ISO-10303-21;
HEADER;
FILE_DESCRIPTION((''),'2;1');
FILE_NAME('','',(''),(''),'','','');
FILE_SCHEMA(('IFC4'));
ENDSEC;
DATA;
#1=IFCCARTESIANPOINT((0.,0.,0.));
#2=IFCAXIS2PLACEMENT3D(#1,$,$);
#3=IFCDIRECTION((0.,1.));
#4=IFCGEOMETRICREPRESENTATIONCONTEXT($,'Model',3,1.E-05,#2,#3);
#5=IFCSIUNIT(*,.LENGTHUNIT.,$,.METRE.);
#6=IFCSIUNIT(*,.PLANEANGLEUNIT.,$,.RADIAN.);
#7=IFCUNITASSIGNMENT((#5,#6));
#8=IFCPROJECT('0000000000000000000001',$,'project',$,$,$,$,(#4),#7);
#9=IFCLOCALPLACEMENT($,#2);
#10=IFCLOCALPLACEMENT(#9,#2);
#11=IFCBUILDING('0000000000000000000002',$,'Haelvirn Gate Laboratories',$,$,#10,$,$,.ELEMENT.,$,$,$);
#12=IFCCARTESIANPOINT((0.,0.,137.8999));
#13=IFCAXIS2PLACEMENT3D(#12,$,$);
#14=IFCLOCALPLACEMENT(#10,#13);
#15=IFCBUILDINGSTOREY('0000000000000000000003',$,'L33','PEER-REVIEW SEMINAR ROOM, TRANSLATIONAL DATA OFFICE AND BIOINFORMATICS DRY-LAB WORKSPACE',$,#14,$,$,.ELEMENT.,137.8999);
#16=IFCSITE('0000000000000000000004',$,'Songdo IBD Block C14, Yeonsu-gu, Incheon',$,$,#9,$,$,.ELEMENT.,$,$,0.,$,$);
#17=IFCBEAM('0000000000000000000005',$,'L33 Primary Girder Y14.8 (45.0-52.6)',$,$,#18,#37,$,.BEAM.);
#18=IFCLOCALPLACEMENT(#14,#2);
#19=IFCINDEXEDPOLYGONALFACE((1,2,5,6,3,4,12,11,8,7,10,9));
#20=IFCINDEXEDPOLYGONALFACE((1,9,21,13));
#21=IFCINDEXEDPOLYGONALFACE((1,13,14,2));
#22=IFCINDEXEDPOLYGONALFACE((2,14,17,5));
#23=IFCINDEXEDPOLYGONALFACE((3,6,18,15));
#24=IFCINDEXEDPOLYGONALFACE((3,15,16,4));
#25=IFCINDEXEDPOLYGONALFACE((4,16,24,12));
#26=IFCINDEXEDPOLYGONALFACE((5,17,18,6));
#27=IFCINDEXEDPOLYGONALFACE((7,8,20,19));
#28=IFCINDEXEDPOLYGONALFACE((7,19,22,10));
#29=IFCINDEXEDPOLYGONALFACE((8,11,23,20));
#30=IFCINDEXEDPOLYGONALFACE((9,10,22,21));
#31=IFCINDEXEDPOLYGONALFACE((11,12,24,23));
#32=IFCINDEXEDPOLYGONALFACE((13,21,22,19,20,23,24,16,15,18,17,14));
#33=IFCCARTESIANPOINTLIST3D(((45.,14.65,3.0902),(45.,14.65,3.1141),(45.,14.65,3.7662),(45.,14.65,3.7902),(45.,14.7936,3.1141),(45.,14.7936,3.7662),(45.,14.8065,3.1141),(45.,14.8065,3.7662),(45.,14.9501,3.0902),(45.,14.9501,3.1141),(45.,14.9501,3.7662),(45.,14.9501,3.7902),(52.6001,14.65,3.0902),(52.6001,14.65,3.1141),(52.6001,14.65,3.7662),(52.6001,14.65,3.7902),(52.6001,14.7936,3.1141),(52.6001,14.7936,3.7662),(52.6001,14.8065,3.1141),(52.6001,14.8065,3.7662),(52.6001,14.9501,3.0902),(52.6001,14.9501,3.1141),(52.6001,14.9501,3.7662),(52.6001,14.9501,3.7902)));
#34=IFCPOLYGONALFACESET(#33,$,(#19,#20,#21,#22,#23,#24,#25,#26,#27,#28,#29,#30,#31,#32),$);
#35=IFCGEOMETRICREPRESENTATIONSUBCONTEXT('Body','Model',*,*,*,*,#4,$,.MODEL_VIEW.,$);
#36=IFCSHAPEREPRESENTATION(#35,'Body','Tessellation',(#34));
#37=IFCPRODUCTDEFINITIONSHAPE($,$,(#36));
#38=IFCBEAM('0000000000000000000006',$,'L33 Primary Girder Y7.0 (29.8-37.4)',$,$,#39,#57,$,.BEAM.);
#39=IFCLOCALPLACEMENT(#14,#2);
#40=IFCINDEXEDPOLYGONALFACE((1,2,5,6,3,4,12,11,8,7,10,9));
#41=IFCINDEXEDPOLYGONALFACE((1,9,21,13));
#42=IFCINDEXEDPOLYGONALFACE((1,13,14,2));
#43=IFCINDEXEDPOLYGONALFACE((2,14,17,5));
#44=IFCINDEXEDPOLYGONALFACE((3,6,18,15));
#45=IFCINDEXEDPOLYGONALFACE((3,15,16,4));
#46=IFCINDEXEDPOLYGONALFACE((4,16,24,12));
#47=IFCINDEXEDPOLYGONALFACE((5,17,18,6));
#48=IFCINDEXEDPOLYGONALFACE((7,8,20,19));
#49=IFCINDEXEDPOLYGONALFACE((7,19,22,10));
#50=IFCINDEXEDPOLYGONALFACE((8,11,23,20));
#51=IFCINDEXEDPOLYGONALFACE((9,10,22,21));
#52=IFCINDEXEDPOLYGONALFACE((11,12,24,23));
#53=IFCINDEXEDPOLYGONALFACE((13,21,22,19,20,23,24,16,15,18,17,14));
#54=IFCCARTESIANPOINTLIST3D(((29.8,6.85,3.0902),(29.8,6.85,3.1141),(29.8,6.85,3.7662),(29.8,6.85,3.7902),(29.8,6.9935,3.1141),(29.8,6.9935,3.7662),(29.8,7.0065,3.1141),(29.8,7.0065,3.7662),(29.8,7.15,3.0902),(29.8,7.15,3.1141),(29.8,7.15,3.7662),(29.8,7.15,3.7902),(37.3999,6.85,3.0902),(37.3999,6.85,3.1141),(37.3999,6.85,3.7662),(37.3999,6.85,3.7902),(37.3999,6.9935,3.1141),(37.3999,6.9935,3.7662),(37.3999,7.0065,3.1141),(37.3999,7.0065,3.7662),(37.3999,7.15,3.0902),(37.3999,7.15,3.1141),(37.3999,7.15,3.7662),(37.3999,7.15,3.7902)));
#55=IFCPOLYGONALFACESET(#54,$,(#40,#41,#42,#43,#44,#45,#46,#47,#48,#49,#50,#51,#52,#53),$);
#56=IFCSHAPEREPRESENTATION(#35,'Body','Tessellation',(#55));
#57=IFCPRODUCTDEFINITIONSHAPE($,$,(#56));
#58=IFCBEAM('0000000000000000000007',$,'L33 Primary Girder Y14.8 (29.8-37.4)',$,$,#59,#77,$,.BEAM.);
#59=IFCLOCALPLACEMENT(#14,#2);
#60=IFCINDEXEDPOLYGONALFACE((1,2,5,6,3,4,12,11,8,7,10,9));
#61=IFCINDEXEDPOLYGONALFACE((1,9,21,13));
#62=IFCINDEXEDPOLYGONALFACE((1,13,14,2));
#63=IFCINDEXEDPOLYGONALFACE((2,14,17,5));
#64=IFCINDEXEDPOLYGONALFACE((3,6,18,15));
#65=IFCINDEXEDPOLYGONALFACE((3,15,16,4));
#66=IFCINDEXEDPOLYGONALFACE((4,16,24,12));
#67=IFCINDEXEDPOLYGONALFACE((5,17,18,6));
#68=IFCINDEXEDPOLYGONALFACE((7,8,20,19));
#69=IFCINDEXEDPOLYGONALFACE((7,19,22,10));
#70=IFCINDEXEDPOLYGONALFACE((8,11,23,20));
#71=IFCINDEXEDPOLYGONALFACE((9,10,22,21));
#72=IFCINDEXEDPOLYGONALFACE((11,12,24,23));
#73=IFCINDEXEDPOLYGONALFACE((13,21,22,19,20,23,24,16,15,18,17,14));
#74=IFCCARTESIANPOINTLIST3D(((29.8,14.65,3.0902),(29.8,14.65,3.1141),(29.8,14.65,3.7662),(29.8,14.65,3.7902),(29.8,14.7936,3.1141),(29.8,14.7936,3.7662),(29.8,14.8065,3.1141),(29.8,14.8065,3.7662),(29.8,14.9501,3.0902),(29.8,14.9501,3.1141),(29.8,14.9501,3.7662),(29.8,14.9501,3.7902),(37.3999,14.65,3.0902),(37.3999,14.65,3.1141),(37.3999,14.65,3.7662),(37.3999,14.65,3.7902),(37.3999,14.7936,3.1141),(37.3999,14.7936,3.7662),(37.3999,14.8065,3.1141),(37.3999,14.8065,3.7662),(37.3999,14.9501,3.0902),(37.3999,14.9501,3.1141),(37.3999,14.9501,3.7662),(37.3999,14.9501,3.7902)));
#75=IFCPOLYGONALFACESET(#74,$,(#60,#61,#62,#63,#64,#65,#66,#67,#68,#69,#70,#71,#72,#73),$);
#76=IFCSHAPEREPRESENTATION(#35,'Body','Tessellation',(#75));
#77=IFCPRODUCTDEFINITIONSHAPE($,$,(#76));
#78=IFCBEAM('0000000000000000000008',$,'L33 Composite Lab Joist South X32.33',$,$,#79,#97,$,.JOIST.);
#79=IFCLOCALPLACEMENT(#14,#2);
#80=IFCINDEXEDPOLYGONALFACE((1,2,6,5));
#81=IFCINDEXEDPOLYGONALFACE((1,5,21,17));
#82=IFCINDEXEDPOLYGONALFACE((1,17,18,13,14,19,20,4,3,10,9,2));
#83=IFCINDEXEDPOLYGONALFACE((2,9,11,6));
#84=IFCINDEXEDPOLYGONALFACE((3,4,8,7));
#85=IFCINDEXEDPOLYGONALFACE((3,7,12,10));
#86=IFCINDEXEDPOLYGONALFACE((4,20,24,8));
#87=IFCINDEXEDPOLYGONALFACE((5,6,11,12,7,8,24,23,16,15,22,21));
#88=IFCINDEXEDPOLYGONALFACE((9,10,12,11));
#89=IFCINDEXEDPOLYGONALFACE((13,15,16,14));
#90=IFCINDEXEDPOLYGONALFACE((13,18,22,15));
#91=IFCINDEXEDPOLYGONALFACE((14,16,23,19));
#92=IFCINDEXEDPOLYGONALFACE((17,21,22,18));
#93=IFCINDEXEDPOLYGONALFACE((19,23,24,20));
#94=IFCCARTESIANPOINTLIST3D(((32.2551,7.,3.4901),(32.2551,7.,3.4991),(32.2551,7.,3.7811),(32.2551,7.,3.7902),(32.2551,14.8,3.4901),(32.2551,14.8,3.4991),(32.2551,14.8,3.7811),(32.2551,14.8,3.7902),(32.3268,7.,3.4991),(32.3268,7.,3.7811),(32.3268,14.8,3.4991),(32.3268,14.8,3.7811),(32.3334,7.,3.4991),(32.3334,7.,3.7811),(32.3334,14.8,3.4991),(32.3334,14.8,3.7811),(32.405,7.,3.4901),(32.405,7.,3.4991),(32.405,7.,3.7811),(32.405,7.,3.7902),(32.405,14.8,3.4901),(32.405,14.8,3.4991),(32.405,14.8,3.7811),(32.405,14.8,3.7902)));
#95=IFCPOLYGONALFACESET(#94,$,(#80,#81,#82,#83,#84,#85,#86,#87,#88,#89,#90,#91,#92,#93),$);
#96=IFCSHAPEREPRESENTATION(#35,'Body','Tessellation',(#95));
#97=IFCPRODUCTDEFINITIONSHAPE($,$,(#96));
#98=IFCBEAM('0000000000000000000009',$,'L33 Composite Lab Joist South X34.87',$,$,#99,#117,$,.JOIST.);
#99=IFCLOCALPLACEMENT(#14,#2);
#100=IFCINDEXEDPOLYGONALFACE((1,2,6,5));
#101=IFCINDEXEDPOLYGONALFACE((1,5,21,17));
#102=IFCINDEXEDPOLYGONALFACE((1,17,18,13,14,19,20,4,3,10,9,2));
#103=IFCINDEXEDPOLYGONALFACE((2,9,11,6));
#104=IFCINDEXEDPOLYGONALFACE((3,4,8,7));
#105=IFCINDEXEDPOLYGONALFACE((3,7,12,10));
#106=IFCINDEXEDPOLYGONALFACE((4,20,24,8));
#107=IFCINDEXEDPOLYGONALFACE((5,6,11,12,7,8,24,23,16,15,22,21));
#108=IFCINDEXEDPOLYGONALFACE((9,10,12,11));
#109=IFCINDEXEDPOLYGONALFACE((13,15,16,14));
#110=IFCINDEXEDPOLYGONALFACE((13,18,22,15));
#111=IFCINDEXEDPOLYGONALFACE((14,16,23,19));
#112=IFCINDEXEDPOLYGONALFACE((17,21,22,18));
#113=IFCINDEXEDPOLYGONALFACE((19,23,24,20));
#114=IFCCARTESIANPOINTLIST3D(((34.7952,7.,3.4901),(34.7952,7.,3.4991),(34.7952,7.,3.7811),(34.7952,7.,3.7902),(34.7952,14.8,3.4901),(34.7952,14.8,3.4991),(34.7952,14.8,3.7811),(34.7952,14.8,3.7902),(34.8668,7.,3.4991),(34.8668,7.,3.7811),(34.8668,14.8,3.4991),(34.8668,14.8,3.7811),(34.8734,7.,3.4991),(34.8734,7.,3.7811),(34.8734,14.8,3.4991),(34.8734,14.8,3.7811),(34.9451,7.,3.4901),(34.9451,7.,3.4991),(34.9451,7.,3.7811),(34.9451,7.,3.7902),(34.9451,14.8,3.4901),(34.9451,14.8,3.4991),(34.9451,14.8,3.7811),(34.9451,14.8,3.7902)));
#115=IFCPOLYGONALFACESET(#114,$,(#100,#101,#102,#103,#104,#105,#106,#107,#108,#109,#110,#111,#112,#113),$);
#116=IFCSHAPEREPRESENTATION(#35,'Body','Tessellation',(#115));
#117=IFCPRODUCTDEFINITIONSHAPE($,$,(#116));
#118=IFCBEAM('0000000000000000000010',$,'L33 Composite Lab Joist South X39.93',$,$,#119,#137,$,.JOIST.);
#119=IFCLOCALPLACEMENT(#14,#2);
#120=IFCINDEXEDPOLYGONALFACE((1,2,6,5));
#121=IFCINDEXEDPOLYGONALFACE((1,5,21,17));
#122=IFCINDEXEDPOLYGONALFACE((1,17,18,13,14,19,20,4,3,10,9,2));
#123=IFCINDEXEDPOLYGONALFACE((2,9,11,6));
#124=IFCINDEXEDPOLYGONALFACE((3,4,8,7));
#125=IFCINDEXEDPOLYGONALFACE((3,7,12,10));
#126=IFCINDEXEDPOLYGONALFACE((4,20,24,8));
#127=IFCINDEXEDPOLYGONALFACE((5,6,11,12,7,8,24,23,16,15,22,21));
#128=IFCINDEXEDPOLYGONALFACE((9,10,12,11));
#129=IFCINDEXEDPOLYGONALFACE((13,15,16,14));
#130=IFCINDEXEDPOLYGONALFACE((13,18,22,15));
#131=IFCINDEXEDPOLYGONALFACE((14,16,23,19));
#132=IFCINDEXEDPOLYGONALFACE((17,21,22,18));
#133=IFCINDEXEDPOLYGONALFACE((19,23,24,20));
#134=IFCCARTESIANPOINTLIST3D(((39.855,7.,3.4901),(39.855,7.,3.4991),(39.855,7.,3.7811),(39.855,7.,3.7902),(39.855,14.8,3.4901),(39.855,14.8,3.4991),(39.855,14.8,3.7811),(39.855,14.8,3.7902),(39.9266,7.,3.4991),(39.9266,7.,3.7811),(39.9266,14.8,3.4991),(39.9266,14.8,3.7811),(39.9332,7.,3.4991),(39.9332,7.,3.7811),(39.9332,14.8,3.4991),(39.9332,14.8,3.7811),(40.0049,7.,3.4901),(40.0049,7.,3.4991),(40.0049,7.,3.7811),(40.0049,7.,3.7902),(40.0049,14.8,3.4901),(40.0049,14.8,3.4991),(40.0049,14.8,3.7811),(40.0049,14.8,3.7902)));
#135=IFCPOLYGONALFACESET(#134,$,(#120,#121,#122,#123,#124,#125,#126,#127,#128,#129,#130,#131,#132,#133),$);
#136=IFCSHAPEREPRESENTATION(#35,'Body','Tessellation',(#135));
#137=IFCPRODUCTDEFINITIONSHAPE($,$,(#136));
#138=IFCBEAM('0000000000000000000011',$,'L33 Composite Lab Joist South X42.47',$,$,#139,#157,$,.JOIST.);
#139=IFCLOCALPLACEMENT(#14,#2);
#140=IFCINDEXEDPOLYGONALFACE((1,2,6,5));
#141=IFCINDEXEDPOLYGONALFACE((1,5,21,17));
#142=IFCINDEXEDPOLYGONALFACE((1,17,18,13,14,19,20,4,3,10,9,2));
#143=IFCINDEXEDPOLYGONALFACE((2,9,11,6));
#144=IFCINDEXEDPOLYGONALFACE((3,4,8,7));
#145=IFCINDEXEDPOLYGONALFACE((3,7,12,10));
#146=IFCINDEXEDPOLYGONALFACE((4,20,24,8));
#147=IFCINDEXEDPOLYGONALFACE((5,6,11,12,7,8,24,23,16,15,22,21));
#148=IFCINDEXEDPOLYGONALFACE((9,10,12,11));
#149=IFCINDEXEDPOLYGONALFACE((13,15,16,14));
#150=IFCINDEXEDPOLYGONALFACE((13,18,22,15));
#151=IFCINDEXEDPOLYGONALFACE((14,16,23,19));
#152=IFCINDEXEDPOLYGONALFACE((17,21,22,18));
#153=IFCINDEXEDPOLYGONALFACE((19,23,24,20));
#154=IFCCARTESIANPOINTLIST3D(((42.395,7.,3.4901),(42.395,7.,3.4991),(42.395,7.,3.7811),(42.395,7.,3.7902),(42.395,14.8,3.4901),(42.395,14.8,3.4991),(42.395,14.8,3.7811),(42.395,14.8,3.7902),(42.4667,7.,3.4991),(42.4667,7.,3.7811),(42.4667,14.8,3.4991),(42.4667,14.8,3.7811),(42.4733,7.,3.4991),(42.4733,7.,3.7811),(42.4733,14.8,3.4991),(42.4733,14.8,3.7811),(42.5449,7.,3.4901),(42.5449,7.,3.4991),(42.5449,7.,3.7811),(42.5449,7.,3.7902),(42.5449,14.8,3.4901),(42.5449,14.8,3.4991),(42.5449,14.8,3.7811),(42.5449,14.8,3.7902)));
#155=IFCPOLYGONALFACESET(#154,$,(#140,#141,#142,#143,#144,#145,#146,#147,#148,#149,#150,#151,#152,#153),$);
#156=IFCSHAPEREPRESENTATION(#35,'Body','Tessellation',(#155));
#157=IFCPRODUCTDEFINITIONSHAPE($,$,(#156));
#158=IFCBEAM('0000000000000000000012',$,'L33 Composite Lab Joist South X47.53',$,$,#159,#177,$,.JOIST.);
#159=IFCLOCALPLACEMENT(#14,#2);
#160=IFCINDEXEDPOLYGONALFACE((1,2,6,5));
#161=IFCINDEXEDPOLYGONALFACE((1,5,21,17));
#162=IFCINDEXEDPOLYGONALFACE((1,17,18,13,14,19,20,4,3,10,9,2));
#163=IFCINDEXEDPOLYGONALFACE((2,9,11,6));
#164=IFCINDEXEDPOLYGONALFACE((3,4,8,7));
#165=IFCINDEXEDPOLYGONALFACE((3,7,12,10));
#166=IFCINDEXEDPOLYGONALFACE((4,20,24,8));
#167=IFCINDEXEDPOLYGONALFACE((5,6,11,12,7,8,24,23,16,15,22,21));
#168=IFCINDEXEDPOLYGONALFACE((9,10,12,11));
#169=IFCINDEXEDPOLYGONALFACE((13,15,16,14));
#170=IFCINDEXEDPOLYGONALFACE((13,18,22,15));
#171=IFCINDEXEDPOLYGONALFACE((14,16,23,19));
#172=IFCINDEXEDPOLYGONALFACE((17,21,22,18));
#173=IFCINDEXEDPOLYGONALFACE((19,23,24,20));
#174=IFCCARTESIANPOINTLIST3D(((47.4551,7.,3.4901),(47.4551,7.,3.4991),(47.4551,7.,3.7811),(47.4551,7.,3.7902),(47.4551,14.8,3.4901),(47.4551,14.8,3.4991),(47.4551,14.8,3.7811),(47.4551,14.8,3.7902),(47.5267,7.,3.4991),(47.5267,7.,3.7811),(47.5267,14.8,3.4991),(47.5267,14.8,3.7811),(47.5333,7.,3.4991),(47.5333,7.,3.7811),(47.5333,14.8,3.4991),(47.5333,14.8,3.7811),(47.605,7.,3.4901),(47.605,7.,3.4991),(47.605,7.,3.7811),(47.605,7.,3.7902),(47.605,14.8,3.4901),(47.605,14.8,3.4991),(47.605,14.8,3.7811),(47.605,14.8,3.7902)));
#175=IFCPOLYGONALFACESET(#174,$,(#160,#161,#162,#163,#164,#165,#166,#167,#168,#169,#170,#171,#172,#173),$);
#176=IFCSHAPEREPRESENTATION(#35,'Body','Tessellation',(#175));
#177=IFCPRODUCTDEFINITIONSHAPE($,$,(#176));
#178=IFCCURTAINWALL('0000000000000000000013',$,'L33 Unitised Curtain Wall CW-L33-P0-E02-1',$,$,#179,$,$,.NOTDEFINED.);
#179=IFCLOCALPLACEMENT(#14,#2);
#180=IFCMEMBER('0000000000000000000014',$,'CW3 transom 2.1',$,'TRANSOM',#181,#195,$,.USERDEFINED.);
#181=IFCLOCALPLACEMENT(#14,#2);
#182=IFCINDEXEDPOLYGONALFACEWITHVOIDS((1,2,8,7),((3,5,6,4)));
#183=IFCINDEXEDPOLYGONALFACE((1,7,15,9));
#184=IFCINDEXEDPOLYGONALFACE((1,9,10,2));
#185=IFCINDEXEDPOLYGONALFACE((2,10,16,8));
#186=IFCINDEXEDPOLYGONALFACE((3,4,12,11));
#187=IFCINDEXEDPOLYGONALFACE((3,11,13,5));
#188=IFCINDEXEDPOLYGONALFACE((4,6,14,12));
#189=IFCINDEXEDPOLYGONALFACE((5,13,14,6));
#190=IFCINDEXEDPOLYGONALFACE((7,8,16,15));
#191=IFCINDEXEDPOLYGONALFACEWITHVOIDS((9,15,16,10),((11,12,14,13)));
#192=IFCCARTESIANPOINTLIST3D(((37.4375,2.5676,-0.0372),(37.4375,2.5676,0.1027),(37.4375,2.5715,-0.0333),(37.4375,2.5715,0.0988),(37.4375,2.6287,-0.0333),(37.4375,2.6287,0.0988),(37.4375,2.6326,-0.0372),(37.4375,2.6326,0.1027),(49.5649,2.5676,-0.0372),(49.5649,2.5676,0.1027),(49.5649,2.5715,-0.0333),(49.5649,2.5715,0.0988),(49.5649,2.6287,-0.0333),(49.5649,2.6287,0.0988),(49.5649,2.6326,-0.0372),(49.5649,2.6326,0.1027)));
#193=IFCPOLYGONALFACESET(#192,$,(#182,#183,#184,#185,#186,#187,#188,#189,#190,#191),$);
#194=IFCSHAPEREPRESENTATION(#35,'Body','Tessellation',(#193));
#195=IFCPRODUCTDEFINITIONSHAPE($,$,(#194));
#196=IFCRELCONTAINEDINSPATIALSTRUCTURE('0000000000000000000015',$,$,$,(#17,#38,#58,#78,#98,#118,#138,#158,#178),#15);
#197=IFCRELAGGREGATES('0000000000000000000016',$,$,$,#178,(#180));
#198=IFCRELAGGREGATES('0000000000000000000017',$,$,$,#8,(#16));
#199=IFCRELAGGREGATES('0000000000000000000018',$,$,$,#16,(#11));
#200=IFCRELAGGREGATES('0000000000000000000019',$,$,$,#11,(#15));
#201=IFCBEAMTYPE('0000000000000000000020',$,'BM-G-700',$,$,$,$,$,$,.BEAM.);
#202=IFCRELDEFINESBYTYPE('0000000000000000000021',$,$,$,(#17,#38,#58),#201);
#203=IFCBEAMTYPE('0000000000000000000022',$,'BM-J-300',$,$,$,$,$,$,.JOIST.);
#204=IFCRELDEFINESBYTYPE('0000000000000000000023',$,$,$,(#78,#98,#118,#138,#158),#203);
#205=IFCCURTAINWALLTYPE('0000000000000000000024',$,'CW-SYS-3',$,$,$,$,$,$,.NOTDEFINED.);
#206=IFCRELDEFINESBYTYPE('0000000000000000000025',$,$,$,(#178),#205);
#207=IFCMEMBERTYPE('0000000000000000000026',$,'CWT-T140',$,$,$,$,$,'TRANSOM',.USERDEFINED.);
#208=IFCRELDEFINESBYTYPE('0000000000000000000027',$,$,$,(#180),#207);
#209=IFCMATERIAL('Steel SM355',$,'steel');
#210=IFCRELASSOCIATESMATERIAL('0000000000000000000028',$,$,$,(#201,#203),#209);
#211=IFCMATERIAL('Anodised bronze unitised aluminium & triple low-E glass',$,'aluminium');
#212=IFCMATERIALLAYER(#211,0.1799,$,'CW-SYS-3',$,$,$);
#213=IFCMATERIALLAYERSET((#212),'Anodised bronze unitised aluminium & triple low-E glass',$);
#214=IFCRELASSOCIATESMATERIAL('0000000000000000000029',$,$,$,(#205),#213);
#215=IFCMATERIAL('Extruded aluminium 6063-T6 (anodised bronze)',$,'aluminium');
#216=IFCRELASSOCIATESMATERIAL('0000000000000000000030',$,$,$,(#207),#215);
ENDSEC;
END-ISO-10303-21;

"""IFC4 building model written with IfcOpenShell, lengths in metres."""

from ifc_helpers import new_model, si_unit, direction, frame, origin, origin_2d, place, context, subcontext, project, spatial, hollow_rectangle, i_section, extrude, source, transform, mapped, material, layer, layer_set, material_profile, profile_set, type_object, type_shapes, element, aggregate, save


model = new_model("IFC4")

# Units and contexts
model_context = context("Model", 3, precision=1e-05, world=origin(), true_north=direction((0.0, 1.0)))
body_context = subcontext(model_context, "Body", "Model", "MODEL_VIEW")
ifc_project = project(units=[si_unit("LENGTHUNIT", "METRE"), si_unit("PLANEANGLEUNIT", "RADIAN")], contexts=[model_context])

# Site, building, storey
site_placement = place(None, origin())
site = spatial("IfcSite", under=ifc_project, at=site_placement, Name="Songdo IBD Block C14, Yeonsu-gu, Incheon", CompositionType="ELEMENT", RefElevation=0.0)
building_placement = place(site_placement, origin())
building = spatial("IfcBuilding", under=site, at=building_placement, Name="Haelvirn Gate Laboratories", CompositionType="ELEMENT")
storey_placement = place(building_placement, frame((0.0, 0.0, 137.8999)))
storey = spatial("IfcBuildingStorey", under=building, at=storey_placement, Name="L33", Description="PEER-REVIEW SEMINAR ROOM, TRANSLATIONAL DATA OFFICE AND BIOINFORMATICS DRY-LAB WORKSPACE", CompositionType="ELEMENT", Elevation=137.8999)

# Shared definitions
ifc_material_1 = material(Name="Steel SM355", Category="steel")

# Beams
ifc_material_profile_1 = material_profile(ifc_material_1, i_section(OverallWidth=0.3, OverallDepth=0.7, WebThickness=0.0129, FlangeThickness=0.0239, at=origin_2d()), Name="H-700x300x13x24")
ifc_profile_set_1 = profile_set([ifc_material_profile_1], Name="Steel SM355")
beam_type_1 = type_object("IfcBeamType", Name="BM-G-700", PredefinedType="BEAM", material=ifc_profile_set_1)
shared_shape_1 = source(origin(), body_context, "Body", "SweptSolid", [
    extrude(i_section(OverallWidth=0.3, OverallDepth=0.7, WebThickness=0.0129, FlangeThickness=0.0239, at=origin_2d()), origin(), (0.0, 0.0, 1.0), 7.6001),
])
for number, where, z_axis, x_axis, name in (
    (1, (45.0, 14.8, 3.4402), (1.0, 0.0, 0.0), (0.0, 1.0, 0.0), "L33 Primary Girder Y14.8 (45.0-52.6)"),
):
    element("IfcBeam", number, at=place(storey_placement, frame(where, z_axis=z_axis, x_axis=x_axis)), inside=storey, type_object=beam_type_1, Name=name, PredefinedType="BEAM", context=body_context, shape_type="MappedRepresentation", body=[
        mapped(shared_shape_1, transform((0.0, 0.0, 0.0), scale=1.0)),
    ])
shared_shape_2 = source(origin(), body_context, "Body", "SweptSolid", [
    extrude(i_section(OverallWidth=0.3, OverallDepth=0.7, WebThickness=0.0129, FlangeThickness=0.0239, at=origin_2d()), origin(), (0.0, 0.0, 1.0), 7.5999),
])
type_shapes(beam_type_1, [shared_shape_1, shared_shape_2])
for number, where, z_axis, x_axis, name in (
    (2, (29.8, 7.0, 3.4402), (1.0, 0.0, 0.0), (0.0, 1.0, 0.0), "L33 Primary Girder Y7.0 (29.8-37.4)"),
    (3, (29.8, 14.8, 3.4402), (1.0, 0.0, 0.0), (0.0, 1.0, 0.0), "L33 Primary Girder Y14.8 (29.8-37.4)"),
):
    element("IfcBeam", number, at=place(storey_placement, frame(where, z_axis=z_axis, x_axis=x_axis)), inside=storey, type_object=beam_type_1, Name=name, PredefinedType="BEAM", context=body_context, shape_type="MappedRepresentation", body=[
        mapped(shared_shape_2, transform((0.0, 0.0, 0.0), scale=1.0)),
    ])
ifc_material_profile_2 = material_profile(ifc_material_1, i_section(OverallWidth=0.1499, OverallDepth=0.3, WebThickness=0.0066, FlangeThickness=0.009, at=origin_2d()), Name="H-300x150x6.5x9")
ifc_profile_set_2 = profile_set([ifc_material_profile_2], Name="Steel SM355")
beam_type_2 = type_object("IfcBeamType", Name="BM-J-300", PredefinedType="JOIST", material=ifc_profile_set_2)
shared_shape_3 = source(origin(), body_context, "Body", "SweptSolid", [
    extrude(i_section(OverallWidth=0.1499, OverallDepth=0.3, WebThickness=0.0066, FlangeThickness=0.009, at=origin_2d()), origin(), (0.0, 0.0, 1.0), 7.8),
])
type_shapes(beam_type_2, [shared_shape_3])
for number, where, z_axis, x_axis, name in (
    (4, (32.3301, 7.0, 3.6401), (0.0, 1.0, 0.0), (-1.0, 0.0, 0.0), "L33 Composite Lab Joist South X32.33"),
    (5, (34.8701, 7.0, 3.6401), (0.0, 1.0, 0.0), (-1.0, 0.0, 0.0), "L33 Composite Lab Joist South X34.87"),
    (6, (39.9299, 7.0, 3.6401), (0.0, 1.0, 0.0), (-1.0, 0.0, 0.0), "L33 Composite Lab Joist South X39.93"),
    (7, (42.47, 7.0, 3.6401), (0.0, 1.0, 0.0), (-1.0, 0.0, 0.0), "L33 Composite Lab Joist South X42.47"),
    (8, (47.53, 7.0, 3.6401), (0.0, 1.0, 0.0), (-1.0, 0.0, 0.0), "L33 Composite Lab Joist South X47.53"),
):
    element("IfcBeam", number, at=place(storey_placement, frame(where, z_axis=z_axis, x_axis=x_axis)), inside=storey, type_object=beam_type_2, Name=name, PredefinedType="JOIST", context=body_context, shape_type="MappedRepresentation", body=[
        mapped(shared_shape_3, transform((0.0, 0.0, 0.0), scale=1.0)),
    ])

# Curtain wall, member
ifc_material_2 = material(Name="Anodised bronze unitised aluminium & triple low-E glass", Category="aluminium")
ifc_layer_1 = layer(ifc_material_2, 0.1799, Name="CW-SYS-3")
ifc_layer_set_1 = layer_set([ifc_layer_1], Name="Anodised bronze unitised aluminium & triple low-E glass")
curtain_wall_type = type_object("IfcCurtainWallType", Name="CW-SYS-3", PredefinedType="NOTDEFINED", material=ifc_layer_set_1)
curtain_wall_placement = place(storey_placement, origin())
curtain_wall = element("IfcCurtainWall", 9, at=curtain_wall_placement, inside=storey, type_object=curtain_wall_type, Name="L33 Unitised Curtain Wall CW-L33-P0-E02-1", PredefinedType="NOTDEFINED")
ifc_material_3 = material(Name="Extruded aluminium 6063-T6 (anodised bronze)", Category="aluminium")
ifc_material_profile_3 = material_profile(ifc_material_3, hollow_rectangle(XDim=0.0649, YDim=0.1399, WallThickness=0.0039, at=origin_2d()), Name="CWT-140x65x4")
ifc_profile_set_3 = profile_set([ifc_material_profile_3], Name="Extruded aluminium 6063-T6 (anodised bronze)")
member_type_1 = type_object("IfcMemberType", Name="CWT-T140", ElementType="TRANSOM", PredefinedType="USERDEFINED", material=ifc_profile_set_3)
shared_shape_4 = source(origin(), body_context, "Body", "SweptSolid", [
    extrude(hollow_rectangle(XDim=0.0649, YDim=0.1399, WallThickness=0.0039, at=origin_2d()), origin(), (0.0, 0.0, 1.0), 12.1274),
])
type_shapes(member_type_1, [shared_shape_4])
member_1_placement = place(storey_placement, frame((37.4375, 2.6001, 0.0327), z_axis=(1.0, 0.0, 0.0), x_axis=(0.0, 1.0, 0.0)))
member_1 = element("IfcMember", 10, at=member_1_placement, type_object=member_type_1, Name="CW3 transom 2.1", ObjectType="TRANSOM", PredefinedType="USERDEFINED", context=body_context, shape_type="MappedRepresentation", body=[
    mapped(shared_shape_4, transform((0.0, 0.0, 0.0), scale=1.0)),
])
aggregate(curtain_wall, [member_1])

save(model, "model.ifc")
